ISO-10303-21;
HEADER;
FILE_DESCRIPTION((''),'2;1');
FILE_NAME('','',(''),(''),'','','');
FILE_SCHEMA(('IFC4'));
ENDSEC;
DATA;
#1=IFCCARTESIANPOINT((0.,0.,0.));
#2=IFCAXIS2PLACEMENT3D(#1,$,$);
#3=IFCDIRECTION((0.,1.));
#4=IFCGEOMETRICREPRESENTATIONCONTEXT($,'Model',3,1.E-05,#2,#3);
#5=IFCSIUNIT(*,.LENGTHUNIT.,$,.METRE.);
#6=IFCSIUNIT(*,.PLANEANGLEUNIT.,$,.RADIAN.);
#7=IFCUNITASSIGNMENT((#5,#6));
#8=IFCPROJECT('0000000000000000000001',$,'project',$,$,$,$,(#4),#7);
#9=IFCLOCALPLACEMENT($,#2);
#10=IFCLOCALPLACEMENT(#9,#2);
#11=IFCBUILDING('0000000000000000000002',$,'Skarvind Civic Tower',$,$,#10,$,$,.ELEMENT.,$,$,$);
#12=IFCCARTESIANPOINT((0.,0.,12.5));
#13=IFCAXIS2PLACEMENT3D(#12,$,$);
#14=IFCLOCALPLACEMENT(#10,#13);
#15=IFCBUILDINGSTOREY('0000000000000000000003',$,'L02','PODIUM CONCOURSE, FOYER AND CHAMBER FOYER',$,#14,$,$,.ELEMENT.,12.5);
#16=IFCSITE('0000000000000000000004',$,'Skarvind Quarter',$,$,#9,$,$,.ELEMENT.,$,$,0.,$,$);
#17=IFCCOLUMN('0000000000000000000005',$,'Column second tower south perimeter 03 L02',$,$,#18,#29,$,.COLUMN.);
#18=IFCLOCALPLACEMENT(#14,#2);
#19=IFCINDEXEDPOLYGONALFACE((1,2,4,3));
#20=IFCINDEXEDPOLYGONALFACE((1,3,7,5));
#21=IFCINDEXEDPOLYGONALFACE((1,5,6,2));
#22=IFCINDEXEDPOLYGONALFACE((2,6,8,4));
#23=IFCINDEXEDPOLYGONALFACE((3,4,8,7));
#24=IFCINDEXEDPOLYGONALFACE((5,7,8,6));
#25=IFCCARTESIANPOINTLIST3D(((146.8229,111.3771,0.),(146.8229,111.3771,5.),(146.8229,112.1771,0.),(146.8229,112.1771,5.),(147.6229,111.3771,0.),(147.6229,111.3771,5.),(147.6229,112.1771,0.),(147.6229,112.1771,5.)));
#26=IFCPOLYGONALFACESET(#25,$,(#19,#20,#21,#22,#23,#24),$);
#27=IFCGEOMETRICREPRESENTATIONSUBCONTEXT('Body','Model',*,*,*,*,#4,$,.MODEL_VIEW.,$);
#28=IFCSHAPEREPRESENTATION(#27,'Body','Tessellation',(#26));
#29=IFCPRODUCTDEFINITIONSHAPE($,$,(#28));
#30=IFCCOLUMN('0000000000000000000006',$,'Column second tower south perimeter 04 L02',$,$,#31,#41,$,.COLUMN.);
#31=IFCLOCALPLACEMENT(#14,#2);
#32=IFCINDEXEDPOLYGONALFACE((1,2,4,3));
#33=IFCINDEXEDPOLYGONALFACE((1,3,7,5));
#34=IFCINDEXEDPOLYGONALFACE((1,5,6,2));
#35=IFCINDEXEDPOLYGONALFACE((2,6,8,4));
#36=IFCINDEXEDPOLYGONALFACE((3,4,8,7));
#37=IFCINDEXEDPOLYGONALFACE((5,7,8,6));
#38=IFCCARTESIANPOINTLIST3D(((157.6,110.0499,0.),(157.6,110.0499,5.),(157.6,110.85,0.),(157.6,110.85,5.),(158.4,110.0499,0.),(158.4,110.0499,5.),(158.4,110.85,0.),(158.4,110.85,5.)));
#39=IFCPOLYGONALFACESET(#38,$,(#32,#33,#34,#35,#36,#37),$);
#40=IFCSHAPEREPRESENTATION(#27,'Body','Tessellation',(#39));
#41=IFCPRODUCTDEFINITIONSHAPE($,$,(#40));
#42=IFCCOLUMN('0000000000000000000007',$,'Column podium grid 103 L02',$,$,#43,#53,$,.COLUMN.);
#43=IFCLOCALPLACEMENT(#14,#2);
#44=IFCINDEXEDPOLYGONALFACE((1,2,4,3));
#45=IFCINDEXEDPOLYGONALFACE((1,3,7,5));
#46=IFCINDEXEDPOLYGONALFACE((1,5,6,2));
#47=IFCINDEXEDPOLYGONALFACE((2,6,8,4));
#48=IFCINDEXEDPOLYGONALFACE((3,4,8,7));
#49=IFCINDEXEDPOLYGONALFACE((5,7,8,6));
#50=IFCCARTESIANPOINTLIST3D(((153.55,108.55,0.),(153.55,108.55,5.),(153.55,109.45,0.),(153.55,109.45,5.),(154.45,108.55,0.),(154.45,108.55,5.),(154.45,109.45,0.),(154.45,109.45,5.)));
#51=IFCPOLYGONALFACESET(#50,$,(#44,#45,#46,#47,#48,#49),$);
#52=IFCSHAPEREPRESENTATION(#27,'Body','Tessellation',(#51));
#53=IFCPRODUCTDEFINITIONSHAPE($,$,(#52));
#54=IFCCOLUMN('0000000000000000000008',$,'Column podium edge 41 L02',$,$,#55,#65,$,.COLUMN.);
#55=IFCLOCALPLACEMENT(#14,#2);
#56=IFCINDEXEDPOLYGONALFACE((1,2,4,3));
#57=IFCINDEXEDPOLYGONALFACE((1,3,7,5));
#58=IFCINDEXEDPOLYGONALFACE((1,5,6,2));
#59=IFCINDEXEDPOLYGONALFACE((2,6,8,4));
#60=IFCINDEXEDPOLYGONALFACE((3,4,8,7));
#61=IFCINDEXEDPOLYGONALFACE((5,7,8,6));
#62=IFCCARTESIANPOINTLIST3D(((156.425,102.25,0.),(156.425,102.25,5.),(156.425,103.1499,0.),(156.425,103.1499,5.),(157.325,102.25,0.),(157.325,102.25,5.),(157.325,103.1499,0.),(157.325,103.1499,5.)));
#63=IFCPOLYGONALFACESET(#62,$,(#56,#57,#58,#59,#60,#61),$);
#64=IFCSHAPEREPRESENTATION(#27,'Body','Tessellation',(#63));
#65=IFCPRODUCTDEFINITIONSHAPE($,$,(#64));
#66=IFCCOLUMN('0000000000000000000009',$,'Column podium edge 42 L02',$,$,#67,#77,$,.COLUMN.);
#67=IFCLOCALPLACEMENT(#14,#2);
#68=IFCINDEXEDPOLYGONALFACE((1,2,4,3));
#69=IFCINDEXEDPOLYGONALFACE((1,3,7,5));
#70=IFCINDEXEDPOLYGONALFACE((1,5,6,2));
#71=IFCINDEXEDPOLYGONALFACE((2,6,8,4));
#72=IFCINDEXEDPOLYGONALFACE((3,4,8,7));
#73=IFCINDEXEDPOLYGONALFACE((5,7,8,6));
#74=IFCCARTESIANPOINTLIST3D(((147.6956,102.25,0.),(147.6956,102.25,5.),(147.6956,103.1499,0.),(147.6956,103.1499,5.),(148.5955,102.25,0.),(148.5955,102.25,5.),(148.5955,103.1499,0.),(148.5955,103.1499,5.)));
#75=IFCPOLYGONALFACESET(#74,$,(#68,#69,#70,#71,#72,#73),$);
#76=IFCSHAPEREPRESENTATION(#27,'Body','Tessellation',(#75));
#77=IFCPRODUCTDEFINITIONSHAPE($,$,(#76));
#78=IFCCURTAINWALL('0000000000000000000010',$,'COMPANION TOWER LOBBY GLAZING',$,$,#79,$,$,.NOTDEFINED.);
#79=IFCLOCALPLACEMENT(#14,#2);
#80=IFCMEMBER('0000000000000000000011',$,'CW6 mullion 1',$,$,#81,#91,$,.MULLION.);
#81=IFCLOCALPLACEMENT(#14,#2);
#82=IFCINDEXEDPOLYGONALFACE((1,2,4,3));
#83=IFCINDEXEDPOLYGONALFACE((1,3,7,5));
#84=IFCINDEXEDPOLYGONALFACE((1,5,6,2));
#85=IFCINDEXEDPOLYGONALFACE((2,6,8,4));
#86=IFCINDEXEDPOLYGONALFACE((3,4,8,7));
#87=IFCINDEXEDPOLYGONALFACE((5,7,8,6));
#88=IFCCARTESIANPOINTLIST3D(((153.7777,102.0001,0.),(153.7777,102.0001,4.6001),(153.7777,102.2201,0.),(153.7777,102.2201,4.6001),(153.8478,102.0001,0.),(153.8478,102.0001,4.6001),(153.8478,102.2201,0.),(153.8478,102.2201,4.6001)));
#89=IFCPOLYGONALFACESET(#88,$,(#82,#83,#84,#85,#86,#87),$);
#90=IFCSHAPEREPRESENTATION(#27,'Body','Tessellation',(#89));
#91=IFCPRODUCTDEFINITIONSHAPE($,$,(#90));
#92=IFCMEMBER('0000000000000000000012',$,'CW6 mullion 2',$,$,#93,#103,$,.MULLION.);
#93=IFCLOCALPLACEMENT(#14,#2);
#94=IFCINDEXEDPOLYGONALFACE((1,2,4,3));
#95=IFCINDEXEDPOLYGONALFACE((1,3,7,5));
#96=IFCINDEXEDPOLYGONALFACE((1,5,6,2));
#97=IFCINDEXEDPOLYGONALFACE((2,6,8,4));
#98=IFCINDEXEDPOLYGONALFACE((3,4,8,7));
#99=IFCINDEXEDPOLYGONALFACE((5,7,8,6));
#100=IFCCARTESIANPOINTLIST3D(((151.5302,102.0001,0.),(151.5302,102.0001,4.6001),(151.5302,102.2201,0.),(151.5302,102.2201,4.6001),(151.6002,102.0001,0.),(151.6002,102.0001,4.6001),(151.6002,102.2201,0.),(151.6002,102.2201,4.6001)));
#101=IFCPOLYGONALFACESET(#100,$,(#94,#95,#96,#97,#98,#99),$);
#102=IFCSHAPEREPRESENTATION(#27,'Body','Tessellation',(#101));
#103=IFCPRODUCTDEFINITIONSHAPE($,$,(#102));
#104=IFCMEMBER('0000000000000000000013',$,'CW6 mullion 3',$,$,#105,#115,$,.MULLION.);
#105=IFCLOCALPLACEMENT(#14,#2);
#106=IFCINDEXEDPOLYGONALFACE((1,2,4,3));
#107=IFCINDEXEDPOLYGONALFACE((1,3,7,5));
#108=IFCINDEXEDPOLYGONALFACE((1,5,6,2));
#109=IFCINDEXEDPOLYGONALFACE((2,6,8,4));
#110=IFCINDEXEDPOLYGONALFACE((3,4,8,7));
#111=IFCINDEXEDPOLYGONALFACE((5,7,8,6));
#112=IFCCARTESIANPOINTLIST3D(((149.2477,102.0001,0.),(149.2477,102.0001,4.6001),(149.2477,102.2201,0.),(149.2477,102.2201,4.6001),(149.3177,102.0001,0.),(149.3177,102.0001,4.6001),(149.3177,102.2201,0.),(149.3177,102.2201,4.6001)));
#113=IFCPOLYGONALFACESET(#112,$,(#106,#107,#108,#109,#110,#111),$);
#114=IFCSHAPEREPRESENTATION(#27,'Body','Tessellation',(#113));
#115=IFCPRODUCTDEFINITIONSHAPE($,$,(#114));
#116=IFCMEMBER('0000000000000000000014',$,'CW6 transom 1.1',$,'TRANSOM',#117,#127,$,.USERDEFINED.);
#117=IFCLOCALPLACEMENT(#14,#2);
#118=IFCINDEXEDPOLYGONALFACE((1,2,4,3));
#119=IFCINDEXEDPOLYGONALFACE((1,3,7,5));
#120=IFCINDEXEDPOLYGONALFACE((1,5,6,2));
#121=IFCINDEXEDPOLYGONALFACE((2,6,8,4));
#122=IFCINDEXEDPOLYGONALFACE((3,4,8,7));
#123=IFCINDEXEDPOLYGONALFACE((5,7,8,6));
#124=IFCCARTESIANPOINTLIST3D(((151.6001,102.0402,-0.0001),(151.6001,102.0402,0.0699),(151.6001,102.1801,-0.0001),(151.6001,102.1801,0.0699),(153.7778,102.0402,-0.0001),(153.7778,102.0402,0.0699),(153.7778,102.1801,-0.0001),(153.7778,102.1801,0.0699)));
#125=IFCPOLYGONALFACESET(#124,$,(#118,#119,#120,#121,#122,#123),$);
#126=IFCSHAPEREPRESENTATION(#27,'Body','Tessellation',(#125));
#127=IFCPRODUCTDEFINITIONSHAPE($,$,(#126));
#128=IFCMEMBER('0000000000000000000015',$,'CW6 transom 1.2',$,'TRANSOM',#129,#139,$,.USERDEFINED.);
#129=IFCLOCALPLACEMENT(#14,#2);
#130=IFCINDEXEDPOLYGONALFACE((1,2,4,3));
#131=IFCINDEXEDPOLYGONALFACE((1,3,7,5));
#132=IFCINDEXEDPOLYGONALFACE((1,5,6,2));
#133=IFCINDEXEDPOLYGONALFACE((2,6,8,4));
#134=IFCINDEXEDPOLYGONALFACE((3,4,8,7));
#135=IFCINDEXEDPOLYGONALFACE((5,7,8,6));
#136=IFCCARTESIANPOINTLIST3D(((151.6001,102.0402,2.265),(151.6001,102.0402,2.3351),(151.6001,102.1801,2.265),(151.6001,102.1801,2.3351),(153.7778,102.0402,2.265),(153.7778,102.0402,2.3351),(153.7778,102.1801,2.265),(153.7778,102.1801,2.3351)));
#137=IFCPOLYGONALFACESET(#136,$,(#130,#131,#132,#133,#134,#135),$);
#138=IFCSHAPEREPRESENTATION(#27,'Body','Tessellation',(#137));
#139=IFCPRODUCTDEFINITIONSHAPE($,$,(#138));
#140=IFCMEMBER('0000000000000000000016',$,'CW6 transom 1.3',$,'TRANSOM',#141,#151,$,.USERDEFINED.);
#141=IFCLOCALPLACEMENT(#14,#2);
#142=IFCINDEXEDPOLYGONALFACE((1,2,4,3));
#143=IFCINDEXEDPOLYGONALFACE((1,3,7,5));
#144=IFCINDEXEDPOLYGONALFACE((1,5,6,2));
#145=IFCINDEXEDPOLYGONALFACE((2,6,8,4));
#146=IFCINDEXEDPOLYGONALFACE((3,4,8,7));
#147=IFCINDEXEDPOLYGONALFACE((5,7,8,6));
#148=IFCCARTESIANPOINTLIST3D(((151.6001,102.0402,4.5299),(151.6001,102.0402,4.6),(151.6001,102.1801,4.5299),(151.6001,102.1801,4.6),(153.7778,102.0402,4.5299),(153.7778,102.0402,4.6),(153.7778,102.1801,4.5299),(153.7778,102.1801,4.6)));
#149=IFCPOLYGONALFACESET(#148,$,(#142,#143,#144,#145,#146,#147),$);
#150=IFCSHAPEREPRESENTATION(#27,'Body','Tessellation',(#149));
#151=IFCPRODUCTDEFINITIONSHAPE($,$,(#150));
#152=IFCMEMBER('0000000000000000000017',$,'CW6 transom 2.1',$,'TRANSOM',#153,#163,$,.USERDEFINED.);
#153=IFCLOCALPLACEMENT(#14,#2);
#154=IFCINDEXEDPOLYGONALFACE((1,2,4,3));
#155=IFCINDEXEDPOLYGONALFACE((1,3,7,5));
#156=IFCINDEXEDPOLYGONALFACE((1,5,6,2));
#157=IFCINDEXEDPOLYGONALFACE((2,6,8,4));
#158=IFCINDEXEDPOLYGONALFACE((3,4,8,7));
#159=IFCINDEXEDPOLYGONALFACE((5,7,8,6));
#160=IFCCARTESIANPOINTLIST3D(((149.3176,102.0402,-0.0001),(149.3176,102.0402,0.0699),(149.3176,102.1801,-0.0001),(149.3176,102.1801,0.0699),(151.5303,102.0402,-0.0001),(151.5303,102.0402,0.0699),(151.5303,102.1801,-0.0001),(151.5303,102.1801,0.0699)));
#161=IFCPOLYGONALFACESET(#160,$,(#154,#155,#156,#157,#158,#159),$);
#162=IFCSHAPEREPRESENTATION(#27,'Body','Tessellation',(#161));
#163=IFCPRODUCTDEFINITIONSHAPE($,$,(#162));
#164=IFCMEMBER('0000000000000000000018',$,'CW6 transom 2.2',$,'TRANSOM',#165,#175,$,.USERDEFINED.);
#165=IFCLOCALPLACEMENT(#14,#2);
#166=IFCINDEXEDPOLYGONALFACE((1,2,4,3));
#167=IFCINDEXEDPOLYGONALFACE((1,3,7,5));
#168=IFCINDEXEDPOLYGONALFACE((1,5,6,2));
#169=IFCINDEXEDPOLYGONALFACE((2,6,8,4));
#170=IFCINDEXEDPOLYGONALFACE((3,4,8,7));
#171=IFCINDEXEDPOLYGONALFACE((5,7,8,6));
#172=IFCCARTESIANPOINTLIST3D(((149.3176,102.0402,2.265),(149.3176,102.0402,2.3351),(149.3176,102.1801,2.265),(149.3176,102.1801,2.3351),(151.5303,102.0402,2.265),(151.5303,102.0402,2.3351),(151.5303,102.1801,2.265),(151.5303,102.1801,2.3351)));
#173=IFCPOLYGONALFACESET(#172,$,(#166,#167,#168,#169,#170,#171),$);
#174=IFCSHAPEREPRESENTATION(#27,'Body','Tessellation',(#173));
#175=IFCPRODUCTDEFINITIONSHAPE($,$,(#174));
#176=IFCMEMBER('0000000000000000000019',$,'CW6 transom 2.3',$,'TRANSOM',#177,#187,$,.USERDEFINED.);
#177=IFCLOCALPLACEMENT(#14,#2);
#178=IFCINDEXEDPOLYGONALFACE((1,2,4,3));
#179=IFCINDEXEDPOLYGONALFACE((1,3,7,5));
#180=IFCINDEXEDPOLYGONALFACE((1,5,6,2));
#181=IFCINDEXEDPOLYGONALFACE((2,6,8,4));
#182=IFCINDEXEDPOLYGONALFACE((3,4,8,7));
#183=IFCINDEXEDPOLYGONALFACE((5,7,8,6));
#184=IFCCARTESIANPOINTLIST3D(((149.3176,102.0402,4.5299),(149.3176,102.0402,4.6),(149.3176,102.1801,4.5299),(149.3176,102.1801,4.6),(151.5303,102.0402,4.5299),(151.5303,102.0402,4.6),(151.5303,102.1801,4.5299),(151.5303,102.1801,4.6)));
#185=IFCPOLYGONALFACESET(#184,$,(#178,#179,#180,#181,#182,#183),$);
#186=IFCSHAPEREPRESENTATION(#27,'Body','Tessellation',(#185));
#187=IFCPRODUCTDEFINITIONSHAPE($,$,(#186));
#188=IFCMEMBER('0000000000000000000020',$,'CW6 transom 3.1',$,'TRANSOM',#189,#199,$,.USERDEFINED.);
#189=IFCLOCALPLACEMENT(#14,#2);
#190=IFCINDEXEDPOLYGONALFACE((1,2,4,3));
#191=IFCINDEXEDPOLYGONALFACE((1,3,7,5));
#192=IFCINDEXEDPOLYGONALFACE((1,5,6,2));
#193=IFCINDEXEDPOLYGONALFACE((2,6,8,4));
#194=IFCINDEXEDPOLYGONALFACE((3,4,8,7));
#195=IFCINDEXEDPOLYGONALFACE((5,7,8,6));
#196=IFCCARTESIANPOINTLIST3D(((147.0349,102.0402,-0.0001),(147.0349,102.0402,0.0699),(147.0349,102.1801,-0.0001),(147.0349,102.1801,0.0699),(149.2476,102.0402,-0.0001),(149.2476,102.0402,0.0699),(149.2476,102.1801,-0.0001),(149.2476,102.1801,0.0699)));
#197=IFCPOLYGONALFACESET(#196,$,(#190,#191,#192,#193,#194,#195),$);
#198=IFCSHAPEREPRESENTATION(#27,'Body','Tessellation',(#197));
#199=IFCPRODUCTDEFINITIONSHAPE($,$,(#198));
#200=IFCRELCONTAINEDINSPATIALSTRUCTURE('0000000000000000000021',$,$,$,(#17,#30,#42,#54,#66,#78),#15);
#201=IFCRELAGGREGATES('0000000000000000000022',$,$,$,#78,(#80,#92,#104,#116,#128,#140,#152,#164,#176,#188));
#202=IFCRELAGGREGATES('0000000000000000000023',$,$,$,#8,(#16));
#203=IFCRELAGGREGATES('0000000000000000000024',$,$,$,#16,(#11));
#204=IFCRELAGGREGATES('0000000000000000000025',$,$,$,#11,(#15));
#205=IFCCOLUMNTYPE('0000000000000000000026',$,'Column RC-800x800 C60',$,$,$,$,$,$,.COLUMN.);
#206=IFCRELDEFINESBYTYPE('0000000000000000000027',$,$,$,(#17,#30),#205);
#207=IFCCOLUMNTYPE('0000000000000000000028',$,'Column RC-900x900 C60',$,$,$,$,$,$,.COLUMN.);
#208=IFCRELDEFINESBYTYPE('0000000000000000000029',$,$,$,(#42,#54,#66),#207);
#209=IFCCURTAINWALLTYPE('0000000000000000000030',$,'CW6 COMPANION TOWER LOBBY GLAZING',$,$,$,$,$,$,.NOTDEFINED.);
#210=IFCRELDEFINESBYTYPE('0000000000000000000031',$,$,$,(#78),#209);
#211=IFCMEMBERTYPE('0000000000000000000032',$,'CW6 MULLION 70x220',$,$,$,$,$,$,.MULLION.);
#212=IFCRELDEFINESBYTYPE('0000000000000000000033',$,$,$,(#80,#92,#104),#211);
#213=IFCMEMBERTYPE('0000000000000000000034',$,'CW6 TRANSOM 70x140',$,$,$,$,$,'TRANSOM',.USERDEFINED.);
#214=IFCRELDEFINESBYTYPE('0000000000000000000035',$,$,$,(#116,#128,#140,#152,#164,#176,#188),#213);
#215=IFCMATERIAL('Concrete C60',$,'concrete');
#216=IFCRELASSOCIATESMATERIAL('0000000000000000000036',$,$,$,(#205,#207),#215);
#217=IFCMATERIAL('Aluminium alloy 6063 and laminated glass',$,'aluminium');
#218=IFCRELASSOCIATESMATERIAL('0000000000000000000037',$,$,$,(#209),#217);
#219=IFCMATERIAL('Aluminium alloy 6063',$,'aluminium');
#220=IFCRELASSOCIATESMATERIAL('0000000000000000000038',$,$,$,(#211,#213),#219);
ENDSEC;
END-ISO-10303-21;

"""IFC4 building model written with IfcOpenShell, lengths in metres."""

from ifc_helpers import new_model, si_unit, direction, frame, origin, origin_2d, place, context, subcontext, project, spatial, rectangle, extrude, material, material_profile, profile_set, type_object, element, aggregate, save


model = new_model("IFC4")

# Units and contexts
model_context = context("Model", 3, precision=1e-05, world=origin(), true_north=direction((0.0, 1.0)))
body_context = subcontext(model_context, "Body", "Model", "MODEL_VIEW")
ifc_project = project(units=[si_unit("LENGTHUNIT", "METRE"), si_unit("PLANEANGLEUNIT", "RADIAN")], contexts=[model_context])

# Site, building, storey
site_placement = place(None, origin())
site = spatial("IfcSite", under=ifc_project, at=site_placement, Name="Skarvind Quarter", CompositionType="ELEMENT", RefElevation=0.0)
building_placement = place(site_placement, origin())
building = spatial("IfcBuilding", under=site, at=building_placement, Name="Skarvind Civic Tower", CompositionType="ELEMENT")
storey_placement = place(building_placement, frame((0.0, 0.0, 12.5)))
storey = spatial("IfcBuildingStorey", under=building, at=storey_placement, Name="L02", Description="PODIUM CONCOURSE, FOYER AND CHAMBER FOYER", CompositionType="ELEMENT", Elevation=12.5)

# Columns
ifc_material_1 = material(Name="Concrete C60", Category="concrete")
ifc_material_profile_1 = material_profile(ifc_material_1, rectangle(XDim=0.8, YDim=0.8, at=origin_2d()), Name="RC-800x800")
ifc_profile_set_1 = profile_set([ifc_material_profile_1], Name="Concrete C60")
column_type_1 = type_object("IfcColumnType", Name="Column RC-800x800 C60", PredefinedType="COLUMN", material=ifc_profile_set_1)
for number, where, z_axis, x_axis, name in (
    (1, (147.2229, 111.7771, 0.0), (0.0, 0.0, 1.0), (1.0, 0.0, 0.0), "Column second tower south perimeter 03 L02"),
    (2, (158.0, 110.45, 0.0), (0.0, 0.0, 1.0), (1.0, 0.0, 0.0), "Column second tower south perimeter 04 L02"),
):
    element("IfcColumn", number, at=place(storey_placement, frame(where, z_axis=z_axis, x_axis=x_axis)), inside=storey, type_object=column_type_1, Name=name, PredefinedType="COLUMN", context=body_context, shape_type="SweptSolid", body=[
        extrude(rectangle(XDim=0.8, YDim=0.8, at=origin_2d()), origin(), (0.0, 0.0, 1.0), 5.0),
    ])
ifc_material_profile_2 = material_profile(ifc_material_1, rectangle(XDim=0.8999, YDim=0.8999, at=origin_2d()), Name="RC-900x900")
ifc_profile_set_2 = profile_set([ifc_material_profile_2], Name="Concrete C60")
column_type_2 = type_object("IfcColumnType", Name="Column RC-900x900 C60", PredefinedType="COLUMN", material=ifc_profile_set_2)
for number, where, z_axis, x_axis, name in (
    (3, (154.0, 109.0, 0.0), (0.0, 0.0, 1.0), (1.0, 0.0, 0.0), "Column podium grid 103 L02"),
    (4, (156.875, 102.7, 0.0), (0.0, 0.0, 1.0), (1.0, 0.0, 0.0), "Column podium edge 41 L02"),
    (5, (148.1455, 102.7, 0.0), (0.0, 0.0, 1.0), (1.0, 0.0, 0.0), "Column podium edge 42 L02"),
):
    element("IfcColumn", number, at=place(storey_placement, frame(where, z_axis=z_axis, x_axis=x_axis)), inside=storey, type_object=column_type_2, Name=name, PredefinedType="COLUMN", context=body_context, shape_type="SweptSolid", body=[
        extrude(rectangle(XDim=0.8999, YDim=0.8999, at=origin_2d()), origin(), (0.0, 0.0, 1.0), 5.0),
    ])

# Curtain wall, members
ifc_material_2 = material(Name="Aluminium alloy 6063 and laminated glass", Category="aluminium")
curtain_wall_type = type_object("IfcCurtainWallType", Name="CW6 COMPANION TOWER LOBBY GLAZING", PredefinedType="NOTDEFINED", material=ifc_material_2)
curtain_wall_placement = place(storey_placement, origin())
curtain_wall = element("IfcCurtainWall", 6, at=curtain_wall_placement, inside=storey, type_object=curtain_wall_type, Name="COMPANION TOWER LOBBY GLAZING", PredefinedType="NOTDEFINED")
ifc_material_3 = material(Name="Aluminium alloy 6063", Category="aluminium")
ifc_material_profile_3 = material_profile(ifc_material_3, rectangle(XDim=0.22, YDim=0.0701, at=origin_2d()), Name="AL 70x220")
ifc_profile_set_3 = profile_set([ifc_material_profile_3], Name="Aluminium alloy 6063")
member_type_1 = type_object("IfcMemberType", Name="CW6 MULLION 70x220", PredefinedType="MULLION", material=ifc_profile_set_3)
member_1_placement = place(storey_placement, frame((153.8127, 102.1101, 0.0), z_axis=(0.0, 0.0, 1.0), x_axis=(0.0, -1.0, 0.0)))
member_1 = element("IfcMember", 7, at=member_1_placement, type_object=member_type_1, Name="CW6 mullion 1", PredefinedType="MULLION", context=body_context, shape_type="SweptSolid", body=[
    extrude(rectangle(XDim=0.22, YDim=0.0701, at=origin_2d()), origin(), (0.0, 0.0, 1.0), 4.6001),
])
member_2_placement = place(storey_placement, frame((151.5652, 102.1101, 0.0), z_axis=(0.0, 0.0, 1.0), x_axis=(0.0, -1.0, 0.0)))
member_2 = element("IfcMember", 8, at=member_2_placement, type_object=member_type_1, Name="CW6 mullion 2", PredefinedType="MULLION", context=body_context, shape_type="SweptSolid", body=[
    extrude(rectangle(XDim=0.22, YDim=0.0701, at=origin_2d()), origin(), (0.0, 0.0, 1.0), 4.6001),
])
member_3_placement = place(storey_placement, frame((149.2827, 102.1101, 0.0), z_axis=(0.0, 0.0, 1.0), x_axis=(0.0, -1.0, 0.0)))
member_3 = element("IfcMember", 9, at=member_3_placement, type_object=member_type_1, Name="CW6 mullion 3", PredefinedType="MULLION", context=body_context, shape_type="SweptSolid", body=[
    extrude(rectangle(XDim=0.22, YDim=0.0701, at=origin_2d()), origin(), (0.0, 0.0, 1.0), 4.6001),
])
ifc_material_profile_4 = material_profile(ifc_material_3, rectangle(XDim=0.1399, YDim=0.0701, at=origin_2d()), Name="AL 70x140")
ifc_profile_set_4 = profile_set([ifc_material_profile_4], Name="Aluminium alloy 6063")
member_type_2 = type_object("IfcMemberType", Name="CW6 TRANSOM 70x140", ElementType="TRANSOM", PredefinedType="USERDEFINED", material=ifc_profile_set_4)
member_4_placement = place(storey_placement, frame((153.7778, 102.1101, 0.0349), z_axis=(-1.0, 0.0, 0.0), x_axis=(0.0, -1.0, 0.0)))
member_4 = element("IfcMember", 10, at=member_4_placement, type_object=member_type_2, Name="CW6 transom 1.1", ObjectType="TRANSOM", PredefinedType="USERDEFINED", context=body_context, shape_type="SweptSolid", body=[
    extrude(rectangle(XDim=0.1399, YDim=0.0701, at=origin_2d()), origin(), (0.0, 0.0, 1.0), 2.1777),
])
member_5_placement = place(storey_placement, frame((153.7778, 102.1101, 2.3), z_axis=(-1.0, 0.0, 0.0), x_axis=(0.0, -1.0, 0.0)))
member_5 = element("IfcMember", 11, at=member_5_placement, type_object=member_type_2, Name="CW6 transom 1.2", ObjectType="TRANSOM", PredefinedType="USERDEFINED", context=body_context, shape_type="SweptSolid", body=[
    extrude(rectangle(XDim=0.1399, YDim=0.0701, at=origin_2d()), origin(), (0.0, 0.0, 1.0), 2.1777),
])
member_6_placement = place(storey_placement, frame((153.7778, 102.1101, 4.5649), z_axis=(-1.0, 0.0, 0.0), x_axis=(0.0, -1.0, 0.0)))
member_6 = element("IfcMember", 12, at=member_6_placement, type_object=member_type_2, Name="CW6 transom 1.3", ObjectType="TRANSOM", PredefinedType="USERDEFINED", context=body_context, shape_type="SweptSolid", body=[
    extrude(rectangle(XDim=0.1399, YDim=0.0701, at=origin_2d()), origin(), (0.0, 0.0, 1.0), 2.1777),
])
member_7_placement = place(storey_placement, frame((151.5303, 102.1101, 0.0349), z_axis=(-1.0, 0.0, 0.0), x_axis=(0.0, -1.0, 0.0)))
member_7 = element("IfcMember", 13, at=member_7_placement, type_object=member_type_2, Name="CW6 transom 2.1", ObjectType="TRANSOM", PredefinedType="USERDEFINED", context=body_context, shape_type="SweptSolid", body=[
    extrude(rectangle(XDim=0.1399, YDim=0.0701, at=origin_2d()), origin(), (0.0, 0.0, 1.0), 2.2126),
])
member_8_placement = place(storey_placement, frame((151.5303, 102.1101, 2.3), z_axis=(-1.0, 0.0, 0.0), x_axis=(0.0, -1.0, 0.0)))
member_8 = element("IfcMember", 14, at=member_8_placement, type_object=member_type_2, Name="CW6 transom 2.2", ObjectType="TRANSOM", PredefinedType="USERDEFINED", context=body_context, shape_type="SweptSolid", body=[
    extrude(rectangle(XDim=0.1399, YDim=0.0701, at=origin_2d()), origin(), (0.0, 0.0, 1.0), 2.2126),
])
member_9_placement = place(storey_placement, frame((151.5303, 102.1101, 4.5649), z_axis=(-1.0, 0.0, 0.0), x_axis=(0.0, -1.0, 0.0)))
member_9 = element("IfcMember", 15, at=member_9_placement, type_object=member_type_2, Name="CW6 transom 2.3", ObjectType="TRANSOM", PredefinedType="USERDEFINED", context=body_context, shape_type="SweptSolid", body=[
    extrude(rectangle(XDim=0.1399, YDim=0.0701, at=origin_2d()), origin(), (0.0, 0.0, 1.0), 2.2126),
])
member_10_placement = place(storey_placement, frame((149.2476, 102.1101, 0.0349), z_axis=(-1.0, 0.0, 0.0), x_axis=(0.0, -1.0, 0.0)))
member_10 = element("IfcMember", 16, at=member_10_placement, type_object=member_type_2, Name="CW6 transom 3.1", ObjectType="TRANSOM", PredefinedType="USERDEFINED", context=body_context, shape_type="SweptSolid", body=[
    extrude(rectangle(XDim=0.1399, YDim=0.0701, at=origin_2d()), origin(), (0.0, 0.0, 1.0), 2.2126),
])
aggregate(curtain_wall, [member_1, member_2, member_3, member_4, member_5, member_6, member_7, member_8, member_9, member_10])

save(model, "model.ifc")
